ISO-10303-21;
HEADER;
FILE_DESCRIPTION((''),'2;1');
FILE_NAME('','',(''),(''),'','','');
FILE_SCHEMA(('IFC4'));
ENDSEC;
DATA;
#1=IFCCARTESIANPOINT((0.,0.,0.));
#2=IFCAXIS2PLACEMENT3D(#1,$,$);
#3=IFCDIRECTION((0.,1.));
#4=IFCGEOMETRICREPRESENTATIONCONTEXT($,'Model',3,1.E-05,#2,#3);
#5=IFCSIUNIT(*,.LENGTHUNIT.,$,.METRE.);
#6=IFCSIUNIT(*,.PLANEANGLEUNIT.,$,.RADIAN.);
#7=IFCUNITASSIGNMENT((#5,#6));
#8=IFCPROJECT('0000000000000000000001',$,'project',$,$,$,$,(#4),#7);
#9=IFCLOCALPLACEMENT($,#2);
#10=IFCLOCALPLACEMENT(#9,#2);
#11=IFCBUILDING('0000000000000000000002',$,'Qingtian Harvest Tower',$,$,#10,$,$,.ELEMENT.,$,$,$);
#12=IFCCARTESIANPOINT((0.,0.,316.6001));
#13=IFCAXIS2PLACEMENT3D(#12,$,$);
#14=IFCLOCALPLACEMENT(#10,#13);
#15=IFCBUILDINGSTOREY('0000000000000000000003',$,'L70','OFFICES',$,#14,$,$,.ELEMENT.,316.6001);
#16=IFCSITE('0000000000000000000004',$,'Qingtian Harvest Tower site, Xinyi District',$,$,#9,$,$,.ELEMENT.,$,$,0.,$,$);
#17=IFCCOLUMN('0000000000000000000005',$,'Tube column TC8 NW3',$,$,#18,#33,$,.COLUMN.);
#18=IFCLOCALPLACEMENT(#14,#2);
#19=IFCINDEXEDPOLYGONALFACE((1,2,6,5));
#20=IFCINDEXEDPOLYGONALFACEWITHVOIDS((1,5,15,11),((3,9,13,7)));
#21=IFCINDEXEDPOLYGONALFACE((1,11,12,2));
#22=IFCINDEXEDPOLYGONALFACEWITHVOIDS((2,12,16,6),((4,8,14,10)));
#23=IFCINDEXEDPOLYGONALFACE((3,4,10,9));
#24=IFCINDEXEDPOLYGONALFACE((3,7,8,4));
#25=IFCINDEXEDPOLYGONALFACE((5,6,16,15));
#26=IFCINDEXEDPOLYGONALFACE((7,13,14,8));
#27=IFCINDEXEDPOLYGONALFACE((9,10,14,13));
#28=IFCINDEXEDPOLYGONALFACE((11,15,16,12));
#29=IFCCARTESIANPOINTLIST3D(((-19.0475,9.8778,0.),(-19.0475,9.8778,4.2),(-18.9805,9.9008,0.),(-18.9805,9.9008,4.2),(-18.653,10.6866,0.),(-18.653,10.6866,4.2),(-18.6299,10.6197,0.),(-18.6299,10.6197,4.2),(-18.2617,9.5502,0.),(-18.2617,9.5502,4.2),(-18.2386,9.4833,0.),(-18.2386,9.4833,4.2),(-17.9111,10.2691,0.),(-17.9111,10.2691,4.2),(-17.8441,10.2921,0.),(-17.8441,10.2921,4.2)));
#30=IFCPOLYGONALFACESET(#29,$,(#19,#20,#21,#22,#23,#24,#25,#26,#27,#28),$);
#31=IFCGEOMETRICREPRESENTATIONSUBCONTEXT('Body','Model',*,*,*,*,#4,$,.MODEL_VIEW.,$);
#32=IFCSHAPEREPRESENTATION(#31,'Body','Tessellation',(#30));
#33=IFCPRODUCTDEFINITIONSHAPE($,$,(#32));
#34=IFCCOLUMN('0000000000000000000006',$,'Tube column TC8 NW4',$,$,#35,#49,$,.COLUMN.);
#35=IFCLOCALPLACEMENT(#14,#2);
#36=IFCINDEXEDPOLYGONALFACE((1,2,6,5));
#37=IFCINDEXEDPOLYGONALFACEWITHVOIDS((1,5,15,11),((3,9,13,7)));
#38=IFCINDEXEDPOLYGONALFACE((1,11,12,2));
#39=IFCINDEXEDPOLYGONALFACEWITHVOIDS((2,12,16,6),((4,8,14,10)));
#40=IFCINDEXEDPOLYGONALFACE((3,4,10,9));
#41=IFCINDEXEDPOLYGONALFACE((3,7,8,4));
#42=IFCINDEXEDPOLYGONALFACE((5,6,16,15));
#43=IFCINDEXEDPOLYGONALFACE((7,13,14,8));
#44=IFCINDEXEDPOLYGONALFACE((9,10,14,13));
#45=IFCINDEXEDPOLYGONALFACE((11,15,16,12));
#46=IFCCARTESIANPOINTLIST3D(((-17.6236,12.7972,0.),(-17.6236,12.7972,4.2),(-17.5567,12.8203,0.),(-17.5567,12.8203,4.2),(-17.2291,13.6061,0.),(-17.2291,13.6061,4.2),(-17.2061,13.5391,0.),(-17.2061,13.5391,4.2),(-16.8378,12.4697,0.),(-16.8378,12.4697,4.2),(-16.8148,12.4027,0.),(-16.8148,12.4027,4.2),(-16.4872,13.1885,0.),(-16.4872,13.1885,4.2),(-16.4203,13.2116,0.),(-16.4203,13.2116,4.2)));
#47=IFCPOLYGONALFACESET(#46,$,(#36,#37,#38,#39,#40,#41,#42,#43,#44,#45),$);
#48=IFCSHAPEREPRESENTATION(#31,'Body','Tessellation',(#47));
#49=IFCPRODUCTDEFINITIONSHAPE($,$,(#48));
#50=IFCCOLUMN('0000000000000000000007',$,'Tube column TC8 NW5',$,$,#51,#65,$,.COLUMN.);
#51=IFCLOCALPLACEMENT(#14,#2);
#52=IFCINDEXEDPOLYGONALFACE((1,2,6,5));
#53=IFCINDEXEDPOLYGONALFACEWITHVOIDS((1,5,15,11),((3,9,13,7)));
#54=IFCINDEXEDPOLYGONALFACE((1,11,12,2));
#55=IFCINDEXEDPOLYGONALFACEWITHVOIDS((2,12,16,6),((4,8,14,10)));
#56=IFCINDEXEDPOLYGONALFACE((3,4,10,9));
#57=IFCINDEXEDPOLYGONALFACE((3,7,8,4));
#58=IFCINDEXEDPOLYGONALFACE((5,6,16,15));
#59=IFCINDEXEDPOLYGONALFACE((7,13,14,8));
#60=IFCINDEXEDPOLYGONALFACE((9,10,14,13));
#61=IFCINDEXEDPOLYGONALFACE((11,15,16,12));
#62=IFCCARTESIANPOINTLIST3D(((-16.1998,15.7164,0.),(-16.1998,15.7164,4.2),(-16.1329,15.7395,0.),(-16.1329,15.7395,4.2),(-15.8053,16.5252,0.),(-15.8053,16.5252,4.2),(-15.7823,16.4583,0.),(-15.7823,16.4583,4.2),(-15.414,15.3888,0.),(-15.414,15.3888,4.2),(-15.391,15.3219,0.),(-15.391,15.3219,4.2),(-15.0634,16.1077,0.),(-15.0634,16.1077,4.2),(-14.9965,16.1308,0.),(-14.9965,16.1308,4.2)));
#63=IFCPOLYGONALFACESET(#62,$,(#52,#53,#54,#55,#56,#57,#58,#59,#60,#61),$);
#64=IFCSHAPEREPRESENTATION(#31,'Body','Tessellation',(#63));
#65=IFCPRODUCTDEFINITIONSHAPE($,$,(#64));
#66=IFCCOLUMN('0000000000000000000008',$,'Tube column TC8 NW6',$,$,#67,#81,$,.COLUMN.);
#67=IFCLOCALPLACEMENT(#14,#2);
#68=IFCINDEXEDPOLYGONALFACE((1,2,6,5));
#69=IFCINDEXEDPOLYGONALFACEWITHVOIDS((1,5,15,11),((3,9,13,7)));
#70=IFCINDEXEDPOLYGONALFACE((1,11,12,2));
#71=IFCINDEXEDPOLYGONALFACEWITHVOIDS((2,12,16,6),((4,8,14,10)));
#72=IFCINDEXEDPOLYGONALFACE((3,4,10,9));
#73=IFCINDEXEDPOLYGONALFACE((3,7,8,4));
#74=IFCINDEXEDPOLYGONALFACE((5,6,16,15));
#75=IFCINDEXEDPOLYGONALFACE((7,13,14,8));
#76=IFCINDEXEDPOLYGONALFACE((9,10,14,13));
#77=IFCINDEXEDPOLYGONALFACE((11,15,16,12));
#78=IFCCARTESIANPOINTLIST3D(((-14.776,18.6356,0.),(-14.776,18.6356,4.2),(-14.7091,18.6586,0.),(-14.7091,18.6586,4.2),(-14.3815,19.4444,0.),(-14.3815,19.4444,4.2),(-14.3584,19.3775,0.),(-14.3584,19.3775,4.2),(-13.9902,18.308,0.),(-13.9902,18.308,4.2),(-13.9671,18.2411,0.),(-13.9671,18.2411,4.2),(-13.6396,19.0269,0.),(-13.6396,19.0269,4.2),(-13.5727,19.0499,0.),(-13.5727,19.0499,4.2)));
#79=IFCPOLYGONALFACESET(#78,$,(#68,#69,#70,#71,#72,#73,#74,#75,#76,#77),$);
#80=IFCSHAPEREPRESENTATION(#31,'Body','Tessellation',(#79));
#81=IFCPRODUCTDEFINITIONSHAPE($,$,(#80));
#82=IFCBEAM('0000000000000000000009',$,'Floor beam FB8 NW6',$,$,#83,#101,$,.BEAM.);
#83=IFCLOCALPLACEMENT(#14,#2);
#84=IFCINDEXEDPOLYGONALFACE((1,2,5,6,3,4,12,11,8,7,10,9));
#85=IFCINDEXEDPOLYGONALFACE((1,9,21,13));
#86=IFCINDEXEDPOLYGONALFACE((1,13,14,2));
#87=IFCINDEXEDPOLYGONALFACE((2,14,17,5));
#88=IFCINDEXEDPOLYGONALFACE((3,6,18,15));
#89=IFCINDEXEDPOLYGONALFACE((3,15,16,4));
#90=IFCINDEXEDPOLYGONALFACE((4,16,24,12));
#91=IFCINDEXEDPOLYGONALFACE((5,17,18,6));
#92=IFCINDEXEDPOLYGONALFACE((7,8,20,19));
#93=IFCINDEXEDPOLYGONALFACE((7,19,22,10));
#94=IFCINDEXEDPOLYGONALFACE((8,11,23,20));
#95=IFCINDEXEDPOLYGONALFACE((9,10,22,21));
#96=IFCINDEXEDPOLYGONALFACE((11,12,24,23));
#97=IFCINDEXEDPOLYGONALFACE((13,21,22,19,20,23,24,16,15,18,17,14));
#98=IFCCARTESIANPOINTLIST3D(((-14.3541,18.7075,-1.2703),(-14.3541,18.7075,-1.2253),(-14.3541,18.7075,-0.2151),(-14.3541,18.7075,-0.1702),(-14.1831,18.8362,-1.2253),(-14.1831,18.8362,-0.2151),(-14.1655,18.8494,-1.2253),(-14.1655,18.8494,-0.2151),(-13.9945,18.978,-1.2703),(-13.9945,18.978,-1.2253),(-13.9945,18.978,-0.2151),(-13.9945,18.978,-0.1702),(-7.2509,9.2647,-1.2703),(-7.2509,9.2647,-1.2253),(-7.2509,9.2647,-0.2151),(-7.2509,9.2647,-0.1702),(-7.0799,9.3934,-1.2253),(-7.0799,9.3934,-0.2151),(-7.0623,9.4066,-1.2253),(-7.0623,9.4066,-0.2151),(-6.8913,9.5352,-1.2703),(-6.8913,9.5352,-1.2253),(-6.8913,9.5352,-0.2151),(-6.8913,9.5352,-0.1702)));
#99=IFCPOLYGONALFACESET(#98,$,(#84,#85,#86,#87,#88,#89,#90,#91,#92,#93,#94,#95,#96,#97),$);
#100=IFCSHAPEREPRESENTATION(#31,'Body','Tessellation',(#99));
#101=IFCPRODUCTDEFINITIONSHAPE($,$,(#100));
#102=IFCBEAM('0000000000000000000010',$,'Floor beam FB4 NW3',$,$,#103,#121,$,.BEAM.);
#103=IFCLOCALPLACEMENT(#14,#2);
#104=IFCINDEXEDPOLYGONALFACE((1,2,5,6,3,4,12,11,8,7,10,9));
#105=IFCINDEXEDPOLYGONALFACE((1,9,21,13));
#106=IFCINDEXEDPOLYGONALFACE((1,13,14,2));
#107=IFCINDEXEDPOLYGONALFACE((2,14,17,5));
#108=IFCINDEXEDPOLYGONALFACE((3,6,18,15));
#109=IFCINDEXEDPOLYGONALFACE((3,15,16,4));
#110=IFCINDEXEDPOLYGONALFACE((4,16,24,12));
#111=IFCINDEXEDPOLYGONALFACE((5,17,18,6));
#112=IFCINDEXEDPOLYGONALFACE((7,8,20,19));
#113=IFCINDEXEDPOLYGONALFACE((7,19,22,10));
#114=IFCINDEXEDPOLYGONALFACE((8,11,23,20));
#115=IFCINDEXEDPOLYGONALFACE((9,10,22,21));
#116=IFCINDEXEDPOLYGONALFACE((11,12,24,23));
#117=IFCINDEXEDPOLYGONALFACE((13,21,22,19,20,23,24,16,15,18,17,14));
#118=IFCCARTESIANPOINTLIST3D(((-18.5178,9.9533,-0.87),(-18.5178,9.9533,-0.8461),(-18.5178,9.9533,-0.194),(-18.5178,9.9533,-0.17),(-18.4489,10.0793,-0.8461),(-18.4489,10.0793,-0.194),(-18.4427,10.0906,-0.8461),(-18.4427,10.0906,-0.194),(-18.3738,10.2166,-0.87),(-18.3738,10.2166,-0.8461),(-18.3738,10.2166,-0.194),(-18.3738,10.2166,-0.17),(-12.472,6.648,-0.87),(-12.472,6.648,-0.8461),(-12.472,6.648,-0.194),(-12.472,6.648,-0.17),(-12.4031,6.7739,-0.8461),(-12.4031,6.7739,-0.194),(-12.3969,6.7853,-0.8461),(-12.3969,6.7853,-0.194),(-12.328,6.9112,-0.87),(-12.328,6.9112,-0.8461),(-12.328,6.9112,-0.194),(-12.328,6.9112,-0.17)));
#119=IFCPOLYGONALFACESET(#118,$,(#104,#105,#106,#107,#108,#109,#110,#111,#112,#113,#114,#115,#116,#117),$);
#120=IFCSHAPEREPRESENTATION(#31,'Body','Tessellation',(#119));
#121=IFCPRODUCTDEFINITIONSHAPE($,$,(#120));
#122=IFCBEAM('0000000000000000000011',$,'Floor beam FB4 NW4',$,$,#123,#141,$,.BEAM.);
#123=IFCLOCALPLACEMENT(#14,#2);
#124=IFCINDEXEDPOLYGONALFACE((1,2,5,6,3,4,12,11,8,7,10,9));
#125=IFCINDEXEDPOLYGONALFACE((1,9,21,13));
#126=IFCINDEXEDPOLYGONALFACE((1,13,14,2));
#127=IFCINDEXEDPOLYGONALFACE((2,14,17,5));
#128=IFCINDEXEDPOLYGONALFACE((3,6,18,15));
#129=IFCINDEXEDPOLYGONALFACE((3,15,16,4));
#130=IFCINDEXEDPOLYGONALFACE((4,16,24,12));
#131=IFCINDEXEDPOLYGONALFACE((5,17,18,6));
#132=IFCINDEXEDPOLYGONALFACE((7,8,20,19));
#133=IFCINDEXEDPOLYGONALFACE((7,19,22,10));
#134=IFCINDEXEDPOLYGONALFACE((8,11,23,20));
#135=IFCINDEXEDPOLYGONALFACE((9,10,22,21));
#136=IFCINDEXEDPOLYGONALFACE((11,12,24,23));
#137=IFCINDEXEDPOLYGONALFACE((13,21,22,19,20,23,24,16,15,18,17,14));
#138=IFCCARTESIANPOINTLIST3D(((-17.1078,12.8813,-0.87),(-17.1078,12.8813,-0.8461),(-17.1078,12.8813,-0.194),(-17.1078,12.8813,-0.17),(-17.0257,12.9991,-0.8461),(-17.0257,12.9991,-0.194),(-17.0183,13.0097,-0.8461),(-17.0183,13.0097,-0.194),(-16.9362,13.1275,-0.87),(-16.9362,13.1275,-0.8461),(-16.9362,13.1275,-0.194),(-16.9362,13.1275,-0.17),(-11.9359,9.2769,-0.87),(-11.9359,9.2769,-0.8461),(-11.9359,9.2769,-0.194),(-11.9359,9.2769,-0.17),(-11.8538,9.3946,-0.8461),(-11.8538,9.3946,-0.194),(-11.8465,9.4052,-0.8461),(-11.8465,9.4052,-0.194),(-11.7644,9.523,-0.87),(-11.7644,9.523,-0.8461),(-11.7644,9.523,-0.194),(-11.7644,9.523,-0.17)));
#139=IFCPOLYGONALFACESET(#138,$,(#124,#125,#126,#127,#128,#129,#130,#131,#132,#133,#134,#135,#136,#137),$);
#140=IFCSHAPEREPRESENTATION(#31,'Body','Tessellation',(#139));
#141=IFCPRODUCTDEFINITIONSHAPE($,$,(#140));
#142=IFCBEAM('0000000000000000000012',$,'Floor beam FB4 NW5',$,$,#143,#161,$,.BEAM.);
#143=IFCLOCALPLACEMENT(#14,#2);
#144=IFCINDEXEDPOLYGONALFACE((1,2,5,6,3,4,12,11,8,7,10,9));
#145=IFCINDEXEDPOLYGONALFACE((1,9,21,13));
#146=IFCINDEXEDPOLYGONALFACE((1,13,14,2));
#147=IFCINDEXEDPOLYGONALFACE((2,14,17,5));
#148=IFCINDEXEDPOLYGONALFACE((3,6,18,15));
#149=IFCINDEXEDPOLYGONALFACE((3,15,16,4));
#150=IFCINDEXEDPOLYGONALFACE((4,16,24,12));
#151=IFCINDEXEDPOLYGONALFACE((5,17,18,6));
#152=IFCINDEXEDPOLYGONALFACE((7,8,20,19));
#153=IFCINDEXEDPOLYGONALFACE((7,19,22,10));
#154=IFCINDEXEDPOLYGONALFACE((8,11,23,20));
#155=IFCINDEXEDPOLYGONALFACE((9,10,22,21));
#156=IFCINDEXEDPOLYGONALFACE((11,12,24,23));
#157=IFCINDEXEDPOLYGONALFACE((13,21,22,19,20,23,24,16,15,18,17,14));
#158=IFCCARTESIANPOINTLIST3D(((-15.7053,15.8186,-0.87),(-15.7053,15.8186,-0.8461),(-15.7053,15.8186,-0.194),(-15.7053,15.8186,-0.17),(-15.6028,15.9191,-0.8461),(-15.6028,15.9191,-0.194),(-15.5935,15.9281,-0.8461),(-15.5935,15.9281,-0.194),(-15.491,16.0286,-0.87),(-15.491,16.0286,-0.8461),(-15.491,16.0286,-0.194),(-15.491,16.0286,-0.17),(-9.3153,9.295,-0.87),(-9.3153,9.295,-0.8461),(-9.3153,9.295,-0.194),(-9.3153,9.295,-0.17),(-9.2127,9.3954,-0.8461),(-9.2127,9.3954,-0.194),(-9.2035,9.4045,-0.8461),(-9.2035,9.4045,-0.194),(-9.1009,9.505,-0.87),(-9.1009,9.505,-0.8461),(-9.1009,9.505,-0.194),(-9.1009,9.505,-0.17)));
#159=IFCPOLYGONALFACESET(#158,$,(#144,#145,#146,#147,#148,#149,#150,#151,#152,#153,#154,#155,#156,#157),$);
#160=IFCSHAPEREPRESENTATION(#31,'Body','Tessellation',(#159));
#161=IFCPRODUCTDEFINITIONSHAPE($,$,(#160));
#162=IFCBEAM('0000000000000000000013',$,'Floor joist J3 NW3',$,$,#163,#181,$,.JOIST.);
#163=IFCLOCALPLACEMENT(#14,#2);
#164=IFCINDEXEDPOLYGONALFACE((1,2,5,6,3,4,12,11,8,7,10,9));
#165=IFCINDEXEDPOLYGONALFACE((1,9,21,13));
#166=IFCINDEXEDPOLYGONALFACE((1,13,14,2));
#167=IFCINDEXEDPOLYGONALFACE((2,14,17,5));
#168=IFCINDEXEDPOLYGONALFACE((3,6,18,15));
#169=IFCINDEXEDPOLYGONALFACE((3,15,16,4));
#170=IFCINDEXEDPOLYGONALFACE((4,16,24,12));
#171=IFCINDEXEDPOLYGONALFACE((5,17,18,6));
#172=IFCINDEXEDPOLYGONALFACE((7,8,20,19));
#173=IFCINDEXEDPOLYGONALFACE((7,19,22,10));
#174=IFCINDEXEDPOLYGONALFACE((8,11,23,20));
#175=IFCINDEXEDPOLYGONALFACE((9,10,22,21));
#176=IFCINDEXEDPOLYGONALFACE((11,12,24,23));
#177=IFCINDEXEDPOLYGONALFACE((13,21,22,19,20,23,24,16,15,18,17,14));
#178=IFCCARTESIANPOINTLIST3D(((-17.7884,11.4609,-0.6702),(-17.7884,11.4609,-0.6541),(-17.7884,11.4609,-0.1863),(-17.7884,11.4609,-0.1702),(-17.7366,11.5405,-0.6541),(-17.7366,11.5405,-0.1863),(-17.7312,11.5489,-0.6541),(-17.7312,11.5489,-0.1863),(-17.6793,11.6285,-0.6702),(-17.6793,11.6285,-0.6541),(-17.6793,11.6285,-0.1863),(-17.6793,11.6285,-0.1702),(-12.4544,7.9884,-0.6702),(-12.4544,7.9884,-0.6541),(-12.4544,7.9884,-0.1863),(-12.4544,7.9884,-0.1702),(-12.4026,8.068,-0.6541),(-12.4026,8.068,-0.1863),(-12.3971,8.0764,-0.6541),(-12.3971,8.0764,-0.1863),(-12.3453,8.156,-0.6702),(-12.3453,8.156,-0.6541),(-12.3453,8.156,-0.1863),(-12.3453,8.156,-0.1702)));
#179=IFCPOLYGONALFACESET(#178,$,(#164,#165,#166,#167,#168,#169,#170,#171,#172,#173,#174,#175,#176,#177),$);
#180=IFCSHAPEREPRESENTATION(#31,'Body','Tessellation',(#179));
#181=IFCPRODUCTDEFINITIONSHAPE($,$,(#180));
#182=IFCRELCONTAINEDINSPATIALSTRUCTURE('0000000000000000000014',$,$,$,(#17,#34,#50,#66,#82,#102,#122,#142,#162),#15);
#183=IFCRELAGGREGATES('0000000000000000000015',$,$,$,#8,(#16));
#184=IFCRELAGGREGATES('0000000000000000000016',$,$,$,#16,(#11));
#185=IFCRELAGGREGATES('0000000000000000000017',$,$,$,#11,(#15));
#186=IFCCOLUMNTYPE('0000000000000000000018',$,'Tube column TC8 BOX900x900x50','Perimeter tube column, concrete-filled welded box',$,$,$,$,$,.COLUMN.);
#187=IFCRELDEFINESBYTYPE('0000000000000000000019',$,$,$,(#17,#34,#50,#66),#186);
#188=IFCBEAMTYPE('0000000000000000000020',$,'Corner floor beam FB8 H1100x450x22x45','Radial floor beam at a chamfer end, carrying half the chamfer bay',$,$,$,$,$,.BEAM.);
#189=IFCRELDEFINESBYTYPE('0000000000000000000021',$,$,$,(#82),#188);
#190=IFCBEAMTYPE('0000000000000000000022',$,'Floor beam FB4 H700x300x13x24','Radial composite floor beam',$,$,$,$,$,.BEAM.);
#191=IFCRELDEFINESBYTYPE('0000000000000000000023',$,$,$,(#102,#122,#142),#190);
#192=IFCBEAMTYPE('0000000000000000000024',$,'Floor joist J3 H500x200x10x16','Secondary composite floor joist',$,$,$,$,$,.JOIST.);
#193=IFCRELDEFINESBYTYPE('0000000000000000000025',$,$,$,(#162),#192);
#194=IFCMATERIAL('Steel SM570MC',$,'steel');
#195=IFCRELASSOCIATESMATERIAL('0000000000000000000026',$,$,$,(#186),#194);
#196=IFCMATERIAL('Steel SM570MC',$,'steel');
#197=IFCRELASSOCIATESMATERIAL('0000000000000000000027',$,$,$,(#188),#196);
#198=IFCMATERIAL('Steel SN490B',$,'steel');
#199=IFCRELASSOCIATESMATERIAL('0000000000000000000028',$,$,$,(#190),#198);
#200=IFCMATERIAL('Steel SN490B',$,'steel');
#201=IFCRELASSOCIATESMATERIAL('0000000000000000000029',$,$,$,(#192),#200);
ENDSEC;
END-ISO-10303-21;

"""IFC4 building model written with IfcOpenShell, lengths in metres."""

from ifc_helpers import new_model, si_unit, direction, frame, origin, origin_2d, place, context, subcontext, project, spatial, hollow_rectangle, i_section, extrude, material, material_profile, profile_set, type_object, element, save


model = new_model("IFC4")

# Units and contexts
model_context = context("Model", 3, precision=1e-05, world=origin(), true_north=direction((0.0, 1.0)))
body_context = subcontext(model_context, "Body", "Model", "MODEL_VIEW")
ifc_project = project(units=[si_unit("LENGTHUNIT", "METRE"), si_unit("PLANEANGLEUNIT", "RADIAN")], contexts=[model_context])

# Site, building, storey
site_placement = place(None, origin())
site = spatial("IfcSite", under=ifc_project, at=site_placement, Name="Qingtian Harvest Tower site, Xinyi District", CompositionType="ELEMENT", RefElevation=0.0)
building_placement = place(site_placement, origin())
building = spatial("IfcBuilding", under=site, at=building_placement, Name="Qingtian Harvest Tower", CompositionType="ELEMENT")
storey_placement = place(building_placement, frame((0.0, 0.0, 316.6001)))
storey = spatial("IfcBuildingStorey", under=building, at=storey_placement, Name="L70", Description="OFFICES", CompositionType="ELEMENT", Elevation=316.6001)

# Columns
ifc_material_1 = material(Name="Steel SM570MC", Category="steel")
ifc_material_profile_1 = material_profile(ifc_material_1, hollow_rectangle(XDim=0.8999, YDim=0.8999, WallThickness=0.05, at=origin_2d()), Name="BOX900x900x50")
ifc_profile_set_1 = profile_set([ifc_material_profile_1], Name="Steel SM570MC")
column_type = type_object("IfcColumnType", Name="Tube column TC8 BOX900x900x50", Description="Perimeter tube column, concrete-filled welded box", PredefinedType="COLUMN", material=ifc_profile_set_1)
for number, where, z_axis, x_axis, name in (
    (1, (-18.4458, 10.085, 0.0), (0.0, 0.0, 1.0), (-0.438371, -0.898794, 0.0), "Tube column TC8 NW3"),
    (2, (-17.022, 13.0044, 0.0), (0.0, 0.0, 1.0), (-0.438371, -0.898794, 0.0), "Tube column TC8 NW4"),
    (3, (-15.5981, 15.9236, 0.0), (0.0, 0.0, 1.0), (-0.438371, -0.898794, 0.0), "Tube column TC8 NW5"),
    (4, (-14.1743, 18.8428, 0.0), (0.0, 0.0, 1.0), (-0.438371, -0.898794, 0.0), "Tube column TC8 NW6"),
):
    element("IfcColumn", number, at=place(storey_placement, frame(where, z_axis=z_axis, x_axis=x_axis)), inside=storey, type_object=column_type, Name=name, PredefinedType="COLUMN", context=body_context, shape_type="SweptSolid", body=[
        extrude(hollow_rectangle(XDim=0.8999, YDim=0.8999, WallThickness=0.05, at=origin_2d()), origin(), (0.0, 0.0, 1.0), 4.2),
    ])

# Beams
ifc_material_2 = material(Name="Steel SM570MC", Category="steel")
ifc_material_profile_2 = material_profile(ifc_material_2, i_section(OverallWidth=0.45, OverallDepth=1.1001, WebThickness=0.022, FlangeThickness=0.0449, at=origin_2d()), Name="H1100x450x22x45")
ifc_profile_set_2 = profile_set([ifc_material_profile_2], Name="Steel SM570MC")
beam_type_1 = type_object("IfcBeamType", Name="Corner floor beam FB8 H1100x450x22x45", Description="Radial floor beam at a chamfer end, carrying half the chamfer bay", PredefinedType="BEAM", material=ifc_profile_set_2)
beam_1_placement = place(storey_placement, frame((-14.1743, 18.8428, -0.7202), z_axis=(0.601143, -0.799141, 0.0), x_axis=(0.799141, 0.601143, 0.0)))
element("IfcBeam", 5, at=beam_1_placement, inside=storey, type_object=beam_type_1, Name="Floor beam FB8 NW6", PredefinedType="BEAM", context=body_context, shape_type="SweptSolid", body=[
    extrude(i_section(OverallWidth=0.45, OverallDepth=1.1001, WebThickness=0.022, FlangeThickness=0.0449, at=origin_2d()), origin(), (0.0, 0.0, 1.0), 11.8162),
])
ifc_material_3 = material(Name="Steel SN490B", Category="steel")
ifc_material_profile_3 = material_profile(ifc_material_3, i_section(OverallWidth=0.3, OverallDepth=0.7, WebThickness=0.0129, FlangeThickness=0.0239, at=origin_2d()), Name="H700x300x13x24")
ifc_profile_set_3 = profile_set([ifc_material_profile_3], Name="Steel SN490B")
beam_type_2 = type_object("IfcBeamType", Name="Floor beam FB4 H700x300x13x24", Description="Radial composite floor beam", PredefinedType="BEAM", material=ifc_profile_set_3)
beam_2_placement = place(storey_placement, frame((-18.4458, 10.085, -0.52), z_axis=(0.877428, -0.479708, 0.0), x_axis=(0.479708, 0.877428, 0.0)))
element("IfcBeam", 6, at=beam_2_placement, inside=storey, type_object=beam_type_2, Name="Floor beam FB4 NW3", PredefinedType="BEAM", context=body_context, shape_type="SweptSolid", body=[
    extrude(i_section(OverallWidth=0.3, OverallDepth=0.7, WebThickness=0.0129, FlangeThickness=0.0239, at=origin_2d()), origin(), (0.0, 0.0, 1.0), 6.8904),
])
beam_3_placement = place(storey_placement, frame((-17.022, 13.0044, -0.52), z_axis=(0.820409, -0.571777, 0.0), x_axis=(0.571777, 0.820409, 0.0)))
element("IfcBeam", 7, at=beam_3_placement, inside=storey, type_object=beam_type_2, Name="Floor beam FB4 NW4", PredefinedType="BEAM", context=body_context, shape_type="SweptSolid", body=[
    extrude(i_section(OverallWidth=0.3, OverallDepth=0.7, WebThickness=0.0129, FlangeThickness=0.0239, at=origin_2d()), origin(), (0.0, 0.0, 1.0), 6.304),
])
beam_4_placement = place(storey_placement, frame((-15.5981, 15.9236, -0.52), z_axis=(0.699757, -0.714381, 0.0), x_axis=(0.714381, 0.699757, 0.0)))
element("IfcBeam", 8, at=beam_4_placement, inside=storey, type_object=beam_type_2, Name="Floor beam FB4 NW5", PredefinedType="BEAM", context=body_context, shape_type="SweptSolid", body=[
    extrude(i_section(OverallWidth=0.3, OverallDepth=0.7, WebThickness=0.0129, FlangeThickness=0.0239, at=origin_2d()), origin(), (0.0, 0.0, 1.0), 9.1318),
])
ifc_material_4 = material(Name="Steel SN490B", Category="steel")
ifc_material_profile_4 = material_profile(ifc_material_4, i_section(OverallWidth=0.2, OverallDepth=0.5, WebThickness=0.01, FlangeThickness=0.0161, at=origin_2d()), Name="H500x200x10x16")
ifc_profile_set_4 = profile_set([ifc_material_profile_4], Name="Steel SN490B")
beam_type_3 = type_object("IfcBeamType", Name="Floor joist J3 H500x200x10x16", Description="Secondary composite floor joist", PredefinedType="JOIST", material=ifc_profile_set_4)
beam_5_placement = place(storey_placement, frame((-17.7339, 11.5447, -0.4202), z_axis=(0.838061, -0.545576, 0.0), x_axis=(0.545576, 0.838061, 0.0)))
element("IfcBeam", 9, at=beam_5_placement, inside=storey, type_object=beam_type_3, Name="Floor joist J3 NW3", PredefinedType="JOIST", context=body_context, shape_type="SweptSolid", body=[
    extrude(i_section(OverallWidth=0.2, OverallDepth=0.5, WebThickness=0.01, FlangeThickness=0.0161, at=origin_2d()), origin(), (0.0, 0.0, 1.0), 6.3647),
])

save(model, "model.ifc")
